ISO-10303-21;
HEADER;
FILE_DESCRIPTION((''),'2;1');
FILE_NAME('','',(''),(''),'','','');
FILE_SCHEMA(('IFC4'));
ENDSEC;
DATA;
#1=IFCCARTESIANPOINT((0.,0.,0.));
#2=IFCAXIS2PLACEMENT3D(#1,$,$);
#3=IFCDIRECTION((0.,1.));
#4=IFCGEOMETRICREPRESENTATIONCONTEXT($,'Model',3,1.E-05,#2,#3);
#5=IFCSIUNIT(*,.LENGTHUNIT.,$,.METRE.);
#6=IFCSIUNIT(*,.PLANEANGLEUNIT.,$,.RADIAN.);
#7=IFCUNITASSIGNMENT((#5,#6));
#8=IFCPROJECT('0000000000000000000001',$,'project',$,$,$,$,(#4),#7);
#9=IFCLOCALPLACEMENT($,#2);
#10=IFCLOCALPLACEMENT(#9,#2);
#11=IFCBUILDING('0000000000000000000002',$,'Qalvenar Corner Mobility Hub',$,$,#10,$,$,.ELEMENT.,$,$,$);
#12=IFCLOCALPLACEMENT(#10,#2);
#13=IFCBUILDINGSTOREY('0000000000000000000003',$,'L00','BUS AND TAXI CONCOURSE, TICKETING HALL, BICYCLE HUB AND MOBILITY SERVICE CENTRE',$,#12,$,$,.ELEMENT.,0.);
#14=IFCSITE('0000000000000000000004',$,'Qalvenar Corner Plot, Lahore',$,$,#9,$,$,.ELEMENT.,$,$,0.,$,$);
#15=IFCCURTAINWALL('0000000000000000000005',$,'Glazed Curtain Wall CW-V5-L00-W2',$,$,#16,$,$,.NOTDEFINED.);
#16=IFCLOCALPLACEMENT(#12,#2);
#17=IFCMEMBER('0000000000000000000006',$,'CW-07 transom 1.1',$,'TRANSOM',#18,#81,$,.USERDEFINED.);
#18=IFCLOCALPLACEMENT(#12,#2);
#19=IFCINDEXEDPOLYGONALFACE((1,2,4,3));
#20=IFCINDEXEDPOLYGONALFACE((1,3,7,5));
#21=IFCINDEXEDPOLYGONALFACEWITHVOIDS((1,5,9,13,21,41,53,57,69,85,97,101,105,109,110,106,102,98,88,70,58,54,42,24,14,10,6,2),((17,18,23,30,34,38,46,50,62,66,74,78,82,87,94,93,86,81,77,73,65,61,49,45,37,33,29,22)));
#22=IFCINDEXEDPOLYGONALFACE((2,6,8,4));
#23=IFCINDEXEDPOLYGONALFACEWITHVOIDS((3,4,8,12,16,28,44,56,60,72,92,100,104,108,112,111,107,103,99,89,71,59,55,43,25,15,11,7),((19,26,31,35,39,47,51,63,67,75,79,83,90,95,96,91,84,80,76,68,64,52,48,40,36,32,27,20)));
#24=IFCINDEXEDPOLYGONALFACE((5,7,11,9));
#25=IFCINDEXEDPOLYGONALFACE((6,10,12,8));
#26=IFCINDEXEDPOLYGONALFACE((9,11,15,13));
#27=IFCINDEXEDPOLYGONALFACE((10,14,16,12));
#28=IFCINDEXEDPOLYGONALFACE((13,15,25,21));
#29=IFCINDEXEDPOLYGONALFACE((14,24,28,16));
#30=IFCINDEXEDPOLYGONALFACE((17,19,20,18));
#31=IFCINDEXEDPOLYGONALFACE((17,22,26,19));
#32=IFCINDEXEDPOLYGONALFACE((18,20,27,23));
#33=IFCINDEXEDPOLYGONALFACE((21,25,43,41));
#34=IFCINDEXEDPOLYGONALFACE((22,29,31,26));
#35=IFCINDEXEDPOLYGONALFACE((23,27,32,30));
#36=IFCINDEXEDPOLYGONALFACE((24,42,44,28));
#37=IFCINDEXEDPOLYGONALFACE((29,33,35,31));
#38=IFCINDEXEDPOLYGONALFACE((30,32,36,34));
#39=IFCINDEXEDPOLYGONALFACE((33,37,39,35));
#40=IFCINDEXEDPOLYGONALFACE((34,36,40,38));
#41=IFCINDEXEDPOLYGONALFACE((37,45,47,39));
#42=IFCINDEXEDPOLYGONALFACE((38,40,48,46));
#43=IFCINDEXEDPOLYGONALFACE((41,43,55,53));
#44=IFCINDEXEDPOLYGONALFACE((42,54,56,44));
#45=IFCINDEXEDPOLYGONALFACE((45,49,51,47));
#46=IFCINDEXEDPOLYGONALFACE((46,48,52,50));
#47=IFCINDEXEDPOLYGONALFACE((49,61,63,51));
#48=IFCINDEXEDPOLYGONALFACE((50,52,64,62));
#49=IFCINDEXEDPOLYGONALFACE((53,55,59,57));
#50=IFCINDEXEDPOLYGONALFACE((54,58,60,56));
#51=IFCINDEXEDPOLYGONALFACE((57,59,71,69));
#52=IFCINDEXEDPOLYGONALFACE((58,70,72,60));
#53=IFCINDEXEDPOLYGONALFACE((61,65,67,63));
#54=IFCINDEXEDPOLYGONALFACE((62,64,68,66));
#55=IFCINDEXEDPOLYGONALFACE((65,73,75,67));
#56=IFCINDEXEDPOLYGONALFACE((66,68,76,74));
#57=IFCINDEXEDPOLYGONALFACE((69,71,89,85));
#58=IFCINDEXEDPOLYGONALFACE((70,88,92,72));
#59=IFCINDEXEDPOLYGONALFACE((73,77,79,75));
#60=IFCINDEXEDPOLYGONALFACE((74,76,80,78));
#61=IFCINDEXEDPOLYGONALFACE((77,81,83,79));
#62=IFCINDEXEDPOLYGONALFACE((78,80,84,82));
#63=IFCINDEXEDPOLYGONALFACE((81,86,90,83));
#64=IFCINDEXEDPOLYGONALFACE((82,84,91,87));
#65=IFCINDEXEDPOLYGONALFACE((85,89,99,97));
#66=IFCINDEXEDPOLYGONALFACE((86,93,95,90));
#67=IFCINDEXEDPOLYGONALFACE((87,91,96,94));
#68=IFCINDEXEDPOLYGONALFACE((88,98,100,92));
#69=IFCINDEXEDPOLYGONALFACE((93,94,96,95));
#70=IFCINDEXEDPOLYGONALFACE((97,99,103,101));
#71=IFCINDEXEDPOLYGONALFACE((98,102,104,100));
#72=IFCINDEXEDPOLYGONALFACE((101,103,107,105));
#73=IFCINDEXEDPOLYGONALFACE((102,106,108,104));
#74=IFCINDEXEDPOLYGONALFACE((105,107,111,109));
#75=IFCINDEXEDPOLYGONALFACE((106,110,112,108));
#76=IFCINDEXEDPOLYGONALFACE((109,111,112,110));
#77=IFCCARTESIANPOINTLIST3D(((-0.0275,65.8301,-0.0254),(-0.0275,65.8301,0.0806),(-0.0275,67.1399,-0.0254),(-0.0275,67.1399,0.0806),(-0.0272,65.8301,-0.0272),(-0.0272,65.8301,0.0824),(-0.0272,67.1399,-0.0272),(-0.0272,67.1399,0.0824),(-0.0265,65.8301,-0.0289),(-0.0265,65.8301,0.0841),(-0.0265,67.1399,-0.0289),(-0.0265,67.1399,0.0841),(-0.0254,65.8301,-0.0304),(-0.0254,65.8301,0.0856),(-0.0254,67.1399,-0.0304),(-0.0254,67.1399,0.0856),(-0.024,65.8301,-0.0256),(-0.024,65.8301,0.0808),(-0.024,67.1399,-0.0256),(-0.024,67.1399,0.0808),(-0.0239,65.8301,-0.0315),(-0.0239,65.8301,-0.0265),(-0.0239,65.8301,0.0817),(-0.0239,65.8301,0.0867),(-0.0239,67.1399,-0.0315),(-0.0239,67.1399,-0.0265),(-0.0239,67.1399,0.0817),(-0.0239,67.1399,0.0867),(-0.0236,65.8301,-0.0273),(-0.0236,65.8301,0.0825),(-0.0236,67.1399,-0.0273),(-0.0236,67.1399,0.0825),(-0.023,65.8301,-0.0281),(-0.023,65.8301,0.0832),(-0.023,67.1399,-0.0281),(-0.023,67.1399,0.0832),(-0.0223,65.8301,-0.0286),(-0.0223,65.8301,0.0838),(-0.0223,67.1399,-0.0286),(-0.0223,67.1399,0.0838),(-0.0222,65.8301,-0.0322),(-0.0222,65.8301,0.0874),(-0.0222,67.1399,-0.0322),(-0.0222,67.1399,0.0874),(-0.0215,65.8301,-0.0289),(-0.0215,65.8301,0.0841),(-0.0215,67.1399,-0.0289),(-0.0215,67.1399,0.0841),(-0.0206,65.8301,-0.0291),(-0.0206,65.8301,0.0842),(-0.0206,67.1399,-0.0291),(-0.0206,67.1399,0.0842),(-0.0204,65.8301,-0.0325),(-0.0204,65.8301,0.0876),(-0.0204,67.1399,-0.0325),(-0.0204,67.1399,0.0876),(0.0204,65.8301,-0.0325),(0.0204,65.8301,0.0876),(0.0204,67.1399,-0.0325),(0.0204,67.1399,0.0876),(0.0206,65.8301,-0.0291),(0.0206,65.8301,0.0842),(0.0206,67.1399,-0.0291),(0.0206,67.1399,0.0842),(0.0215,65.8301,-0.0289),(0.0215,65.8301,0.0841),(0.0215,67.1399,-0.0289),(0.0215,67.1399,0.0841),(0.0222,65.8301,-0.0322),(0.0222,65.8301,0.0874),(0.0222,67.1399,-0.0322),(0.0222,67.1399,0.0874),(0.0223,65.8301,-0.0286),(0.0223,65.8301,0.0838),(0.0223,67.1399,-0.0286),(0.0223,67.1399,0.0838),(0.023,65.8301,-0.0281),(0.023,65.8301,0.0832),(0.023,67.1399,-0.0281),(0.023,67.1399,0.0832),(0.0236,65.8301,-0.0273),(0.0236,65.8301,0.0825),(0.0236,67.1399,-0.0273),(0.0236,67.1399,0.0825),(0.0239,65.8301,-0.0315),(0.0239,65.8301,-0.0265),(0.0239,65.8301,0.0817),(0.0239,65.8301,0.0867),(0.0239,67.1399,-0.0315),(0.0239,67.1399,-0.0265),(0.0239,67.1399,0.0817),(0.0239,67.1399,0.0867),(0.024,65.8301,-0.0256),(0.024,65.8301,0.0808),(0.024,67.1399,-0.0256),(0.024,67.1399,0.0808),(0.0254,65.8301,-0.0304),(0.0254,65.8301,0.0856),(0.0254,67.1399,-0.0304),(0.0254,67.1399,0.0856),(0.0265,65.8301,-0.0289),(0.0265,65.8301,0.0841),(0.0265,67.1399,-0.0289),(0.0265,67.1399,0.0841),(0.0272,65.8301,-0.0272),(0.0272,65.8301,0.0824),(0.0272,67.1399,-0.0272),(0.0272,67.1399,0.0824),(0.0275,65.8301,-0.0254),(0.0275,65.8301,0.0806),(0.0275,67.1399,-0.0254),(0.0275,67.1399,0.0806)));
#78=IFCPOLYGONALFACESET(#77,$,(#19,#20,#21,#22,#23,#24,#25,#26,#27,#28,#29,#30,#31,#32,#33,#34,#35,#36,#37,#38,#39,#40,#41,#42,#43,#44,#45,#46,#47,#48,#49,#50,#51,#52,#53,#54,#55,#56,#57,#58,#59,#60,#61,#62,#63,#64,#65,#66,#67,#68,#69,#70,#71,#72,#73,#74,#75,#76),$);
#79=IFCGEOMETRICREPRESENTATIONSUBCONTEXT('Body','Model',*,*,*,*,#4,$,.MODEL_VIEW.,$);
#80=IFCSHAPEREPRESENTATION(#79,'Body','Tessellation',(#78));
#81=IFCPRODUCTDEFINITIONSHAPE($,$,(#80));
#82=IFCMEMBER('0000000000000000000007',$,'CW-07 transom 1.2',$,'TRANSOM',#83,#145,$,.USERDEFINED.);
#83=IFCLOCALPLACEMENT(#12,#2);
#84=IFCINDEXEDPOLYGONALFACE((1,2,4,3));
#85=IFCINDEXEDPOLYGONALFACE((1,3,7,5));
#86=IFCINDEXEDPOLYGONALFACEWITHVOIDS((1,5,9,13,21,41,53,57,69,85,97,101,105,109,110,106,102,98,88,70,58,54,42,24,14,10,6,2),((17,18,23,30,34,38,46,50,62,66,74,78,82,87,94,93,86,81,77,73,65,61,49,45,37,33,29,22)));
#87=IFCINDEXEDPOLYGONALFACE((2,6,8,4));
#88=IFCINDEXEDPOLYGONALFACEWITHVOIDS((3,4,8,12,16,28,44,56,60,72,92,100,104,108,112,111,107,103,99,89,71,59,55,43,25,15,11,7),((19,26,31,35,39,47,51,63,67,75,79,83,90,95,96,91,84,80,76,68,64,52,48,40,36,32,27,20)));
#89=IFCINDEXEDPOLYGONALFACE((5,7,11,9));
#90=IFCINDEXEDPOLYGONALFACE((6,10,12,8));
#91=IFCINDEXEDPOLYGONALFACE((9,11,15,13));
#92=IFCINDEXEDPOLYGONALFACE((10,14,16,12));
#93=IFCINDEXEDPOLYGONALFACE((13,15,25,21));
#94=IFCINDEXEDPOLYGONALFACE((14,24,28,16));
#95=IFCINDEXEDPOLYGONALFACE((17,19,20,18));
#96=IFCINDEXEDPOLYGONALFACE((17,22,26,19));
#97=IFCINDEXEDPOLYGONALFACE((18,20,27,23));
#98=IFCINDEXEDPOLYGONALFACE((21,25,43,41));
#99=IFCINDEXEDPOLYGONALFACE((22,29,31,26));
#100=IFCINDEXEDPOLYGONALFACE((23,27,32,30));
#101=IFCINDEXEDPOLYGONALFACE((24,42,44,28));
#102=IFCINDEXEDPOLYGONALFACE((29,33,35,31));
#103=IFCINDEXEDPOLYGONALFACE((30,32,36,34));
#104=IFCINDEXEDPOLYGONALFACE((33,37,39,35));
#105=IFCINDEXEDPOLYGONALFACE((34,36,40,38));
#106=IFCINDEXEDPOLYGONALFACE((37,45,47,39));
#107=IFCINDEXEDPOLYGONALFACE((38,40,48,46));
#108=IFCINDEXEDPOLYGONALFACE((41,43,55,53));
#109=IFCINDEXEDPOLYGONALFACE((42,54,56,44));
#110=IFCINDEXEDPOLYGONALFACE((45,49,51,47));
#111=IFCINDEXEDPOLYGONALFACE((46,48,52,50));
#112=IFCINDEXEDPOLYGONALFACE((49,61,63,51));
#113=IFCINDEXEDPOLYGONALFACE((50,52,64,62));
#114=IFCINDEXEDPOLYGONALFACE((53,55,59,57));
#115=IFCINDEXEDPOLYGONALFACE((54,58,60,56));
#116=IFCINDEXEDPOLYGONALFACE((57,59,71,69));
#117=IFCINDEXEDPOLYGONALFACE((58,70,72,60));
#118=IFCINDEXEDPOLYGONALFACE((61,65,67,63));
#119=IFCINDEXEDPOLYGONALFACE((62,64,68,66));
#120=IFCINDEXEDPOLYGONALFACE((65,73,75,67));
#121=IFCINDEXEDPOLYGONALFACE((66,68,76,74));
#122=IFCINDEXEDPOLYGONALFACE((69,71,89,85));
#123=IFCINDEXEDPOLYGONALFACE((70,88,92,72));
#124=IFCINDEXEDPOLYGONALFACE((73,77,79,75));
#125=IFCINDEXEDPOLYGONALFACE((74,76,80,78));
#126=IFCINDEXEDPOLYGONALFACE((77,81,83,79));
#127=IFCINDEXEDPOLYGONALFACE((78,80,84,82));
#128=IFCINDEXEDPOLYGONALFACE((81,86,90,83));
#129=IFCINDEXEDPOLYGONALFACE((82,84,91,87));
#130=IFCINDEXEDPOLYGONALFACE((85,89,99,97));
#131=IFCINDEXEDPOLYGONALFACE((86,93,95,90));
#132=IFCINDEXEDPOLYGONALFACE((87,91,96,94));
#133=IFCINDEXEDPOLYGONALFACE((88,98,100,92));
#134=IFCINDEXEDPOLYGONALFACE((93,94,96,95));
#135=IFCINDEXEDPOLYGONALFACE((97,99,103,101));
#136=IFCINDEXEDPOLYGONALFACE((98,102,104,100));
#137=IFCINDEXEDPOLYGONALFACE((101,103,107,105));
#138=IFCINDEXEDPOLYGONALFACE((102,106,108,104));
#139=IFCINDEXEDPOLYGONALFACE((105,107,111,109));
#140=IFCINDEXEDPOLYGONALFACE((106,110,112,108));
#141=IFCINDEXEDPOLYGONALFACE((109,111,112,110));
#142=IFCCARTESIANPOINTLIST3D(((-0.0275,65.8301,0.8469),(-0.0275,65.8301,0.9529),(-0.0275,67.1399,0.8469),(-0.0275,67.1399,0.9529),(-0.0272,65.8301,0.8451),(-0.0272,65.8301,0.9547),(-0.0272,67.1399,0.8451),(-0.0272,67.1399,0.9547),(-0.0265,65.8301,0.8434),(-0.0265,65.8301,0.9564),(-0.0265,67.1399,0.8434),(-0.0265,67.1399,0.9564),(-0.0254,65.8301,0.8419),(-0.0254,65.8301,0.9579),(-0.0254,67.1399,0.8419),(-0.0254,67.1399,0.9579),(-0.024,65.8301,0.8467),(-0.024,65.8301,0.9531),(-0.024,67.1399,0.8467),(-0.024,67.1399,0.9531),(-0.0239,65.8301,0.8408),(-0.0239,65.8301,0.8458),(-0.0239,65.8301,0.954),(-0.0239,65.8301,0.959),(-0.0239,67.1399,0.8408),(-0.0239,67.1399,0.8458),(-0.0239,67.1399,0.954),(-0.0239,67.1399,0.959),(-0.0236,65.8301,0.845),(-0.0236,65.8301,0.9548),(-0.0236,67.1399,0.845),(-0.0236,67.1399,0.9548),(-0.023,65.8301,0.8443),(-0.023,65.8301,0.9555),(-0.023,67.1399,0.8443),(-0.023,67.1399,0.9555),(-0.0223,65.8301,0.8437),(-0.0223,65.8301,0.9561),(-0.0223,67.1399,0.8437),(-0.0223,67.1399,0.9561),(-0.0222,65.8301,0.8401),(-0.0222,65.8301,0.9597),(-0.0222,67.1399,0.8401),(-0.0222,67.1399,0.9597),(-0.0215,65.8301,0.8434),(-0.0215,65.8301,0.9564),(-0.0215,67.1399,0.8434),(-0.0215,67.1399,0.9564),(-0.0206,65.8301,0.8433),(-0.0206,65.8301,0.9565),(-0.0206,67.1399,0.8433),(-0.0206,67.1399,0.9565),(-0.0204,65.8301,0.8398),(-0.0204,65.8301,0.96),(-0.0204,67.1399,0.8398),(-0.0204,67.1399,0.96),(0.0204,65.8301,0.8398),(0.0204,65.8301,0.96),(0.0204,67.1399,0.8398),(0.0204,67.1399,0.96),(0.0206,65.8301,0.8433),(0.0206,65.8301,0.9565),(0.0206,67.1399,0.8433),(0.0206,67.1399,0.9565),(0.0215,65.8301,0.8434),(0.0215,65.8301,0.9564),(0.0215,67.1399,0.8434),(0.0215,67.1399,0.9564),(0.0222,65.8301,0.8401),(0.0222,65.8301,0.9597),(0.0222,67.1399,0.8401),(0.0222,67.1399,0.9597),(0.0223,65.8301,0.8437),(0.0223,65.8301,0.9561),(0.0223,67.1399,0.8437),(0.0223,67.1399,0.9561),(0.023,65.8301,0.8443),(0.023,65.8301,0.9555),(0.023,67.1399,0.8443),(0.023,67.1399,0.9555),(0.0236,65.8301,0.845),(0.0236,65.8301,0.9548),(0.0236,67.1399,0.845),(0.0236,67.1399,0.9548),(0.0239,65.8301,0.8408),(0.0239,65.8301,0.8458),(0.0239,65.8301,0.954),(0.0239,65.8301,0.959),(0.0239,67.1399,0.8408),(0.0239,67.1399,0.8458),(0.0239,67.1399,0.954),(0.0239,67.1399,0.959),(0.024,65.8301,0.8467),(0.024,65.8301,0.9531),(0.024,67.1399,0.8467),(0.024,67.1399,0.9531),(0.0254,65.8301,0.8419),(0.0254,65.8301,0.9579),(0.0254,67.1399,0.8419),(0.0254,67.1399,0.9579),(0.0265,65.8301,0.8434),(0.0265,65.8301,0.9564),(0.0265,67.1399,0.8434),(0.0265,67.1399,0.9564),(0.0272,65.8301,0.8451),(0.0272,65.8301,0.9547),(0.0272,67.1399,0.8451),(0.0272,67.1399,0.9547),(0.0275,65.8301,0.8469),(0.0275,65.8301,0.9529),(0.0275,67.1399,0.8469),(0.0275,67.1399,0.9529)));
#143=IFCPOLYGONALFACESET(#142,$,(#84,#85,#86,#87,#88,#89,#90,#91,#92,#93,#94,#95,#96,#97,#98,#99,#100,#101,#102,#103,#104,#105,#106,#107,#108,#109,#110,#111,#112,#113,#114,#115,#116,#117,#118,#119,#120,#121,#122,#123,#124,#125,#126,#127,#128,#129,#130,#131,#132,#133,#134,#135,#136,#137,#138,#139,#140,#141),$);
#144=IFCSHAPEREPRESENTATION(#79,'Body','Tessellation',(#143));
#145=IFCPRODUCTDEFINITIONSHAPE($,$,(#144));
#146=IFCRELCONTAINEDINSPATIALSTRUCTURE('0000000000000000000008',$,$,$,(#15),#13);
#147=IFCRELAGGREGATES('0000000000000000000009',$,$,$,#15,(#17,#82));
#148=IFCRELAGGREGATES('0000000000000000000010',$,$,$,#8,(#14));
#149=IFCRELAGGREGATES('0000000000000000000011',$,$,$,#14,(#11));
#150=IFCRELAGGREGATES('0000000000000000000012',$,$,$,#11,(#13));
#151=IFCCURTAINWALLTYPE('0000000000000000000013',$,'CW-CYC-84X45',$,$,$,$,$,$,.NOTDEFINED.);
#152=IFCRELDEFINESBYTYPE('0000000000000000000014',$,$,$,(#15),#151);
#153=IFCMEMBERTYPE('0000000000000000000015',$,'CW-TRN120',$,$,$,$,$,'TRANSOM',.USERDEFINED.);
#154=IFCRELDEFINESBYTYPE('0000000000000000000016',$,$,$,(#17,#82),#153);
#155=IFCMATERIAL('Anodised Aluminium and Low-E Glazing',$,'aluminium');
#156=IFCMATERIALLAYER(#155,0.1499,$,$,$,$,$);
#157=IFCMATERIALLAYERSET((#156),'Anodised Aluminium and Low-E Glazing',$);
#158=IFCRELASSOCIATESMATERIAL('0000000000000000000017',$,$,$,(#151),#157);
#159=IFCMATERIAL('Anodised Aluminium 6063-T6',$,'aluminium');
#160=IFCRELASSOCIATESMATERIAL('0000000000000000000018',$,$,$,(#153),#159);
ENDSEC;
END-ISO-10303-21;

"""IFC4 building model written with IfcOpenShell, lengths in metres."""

from ifc_helpers import new_model, si_unit, direction, frame, origin, origin_2d, place, context, subcontext, project, spatial, hollow_rectangle, extrude, material, layer, layer_set, material_profile, profile_set, type_object, element, aggregate, save


model = new_model("IFC4")

# Units and contexts
model_context = context("Model", 3, precision=1e-05, world=origin(), true_north=direction((0.0, 1.0)))
body_context = subcontext(model_context, "Body", "Model", "MODEL_VIEW")
ifc_project = project(units=[si_unit("LENGTHUNIT", "METRE"), si_unit("PLANEANGLEUNIT", "RADIAN")], contexts=[model_context])

# Site, building, storey
site_placement = place(None, origin())
site = spatial("IfcSite", under=ifc_project, at=site_placement, Name="Qalvenar Corner Plot, Lahore", CompositionType="ELEMENT", RefElevation=0.0)
building_placement = place(site_placement, origin())
building = spatial("IfcBuilding", under=site, at=building_placement, Name="Qalvenar Corner Mobility Hub", CompositionType="ELEMENT")
storey_placement = place(building_placement, origin())
storey = spatial("IfcBuildingStorey", under=building, at=storey_placement, Name="L00", Description="BUS AND TAXI CONCOURSE, TICKETING HALL, BICYCLE HUB AND MOBILITY SERVICE CENTRE", CompositionType="ELEMENT", Elevation=0.0)

# Curtain wall, members
ifc_material_1 = material(Name="Anodised Aluminium and Low-E Glazing", Category="aluminium")
ifc_layer_1 = layer(ifc_material_1, 0.1499)
ifc_layer_set_1 = layer_set([ifc_layer_1], Name="Anodised Aluminium and Low-E Glazing")
curtain_wall_type = type_object("IfcCurtainWallType", Name="CW-CYC-84X45", PredefinedType="NOTDEFINED", material=ifc_layer_set_1)
curtain_wall_placement = place(storey_placement, origin())
curtain_wall = element("IfcCurtainWall", 1, at=curtain_wall_placement, inside=storey, type_object=curtain_wall_type, Name="Glazed Curtain Wall CW-V5-L00-W2", PredefinedType="NOTDEFINED")
ifc_material_2 = material(Name="Anodised Aluminium 6063-T6", Category="aluminium")
ifc_material_profile_1 = material_profile(ifc_material_2, hollow_rectangle(XDim=0.0549, YDim=0.1201, WallThickness=0.0034, InnerFilletRadius=0.0034, OuterFilletRadius=0.0071, at=origin_2d()), Name="RHS120x55x3.5")
ifc_profile_set_1 = profile_set([ifc_material_profile_1], Name="Anodised Aluminium 6063-T6")
member_type_1 = type_object("IfcMemberType", Name="CW-TRN120", ElementType="TRANSOM", PredefinedType="USERDEFINED", material=ifc_profile_set_1)
member_1_placement = place(storey_placement, frame((0.0, 67.1399, 0.0276), z_axis=(0.0, -1.0, 0.0), x_axis=(1.0, 0.0, 0.0)))
member_1 = element("IfcMember", 2, at=member_1_placement, type_object=member_type_1, Name="CW-07 transom 1.1", ObjectType="TRANSOM", PredefinedType="USERDEFINED", context=body_context, shape_type="SweptSolid", body=[
    extrude(hollow_rectangle(XDim=0.0549, YDim=0.1201, WallThickness=0.0034, InnerFilletRadius=0.0034, OuterFilletRadius=0.0071, at=origin_2d()), origin(), (0.0, 0.0, 1.0), 1.3098),
])
member_2_placement = place(storey_placement, frame((0.0, 67.1399, 0.8999), z_axis=(0.0, -1.0, 0.0), x_axis=(1.0, 0.0, 0.0)))
member_2 = element("IfcMember", 3, at=member_2_placement, type_object=member_type_1, Name="CW-07 transom 1.2", ObjectType="TRANSOM", PredefinedType="USERDEFINED", context=body_context, shape_type="SweptSolid", body=[
    extrude(hollow_rectangle(XDim=0.0549, YDim=0.1201, WallThickness=0.0034, InnerFilletRadius=0.0034, OuterFilletRadius=0.0071, at=origin_2d()), origin(), (0.0, 0.0, 1.0), 1.3098),
])
aggregate(curtain_wall, [member_1, member_2])

save(model, "model.ifc")
